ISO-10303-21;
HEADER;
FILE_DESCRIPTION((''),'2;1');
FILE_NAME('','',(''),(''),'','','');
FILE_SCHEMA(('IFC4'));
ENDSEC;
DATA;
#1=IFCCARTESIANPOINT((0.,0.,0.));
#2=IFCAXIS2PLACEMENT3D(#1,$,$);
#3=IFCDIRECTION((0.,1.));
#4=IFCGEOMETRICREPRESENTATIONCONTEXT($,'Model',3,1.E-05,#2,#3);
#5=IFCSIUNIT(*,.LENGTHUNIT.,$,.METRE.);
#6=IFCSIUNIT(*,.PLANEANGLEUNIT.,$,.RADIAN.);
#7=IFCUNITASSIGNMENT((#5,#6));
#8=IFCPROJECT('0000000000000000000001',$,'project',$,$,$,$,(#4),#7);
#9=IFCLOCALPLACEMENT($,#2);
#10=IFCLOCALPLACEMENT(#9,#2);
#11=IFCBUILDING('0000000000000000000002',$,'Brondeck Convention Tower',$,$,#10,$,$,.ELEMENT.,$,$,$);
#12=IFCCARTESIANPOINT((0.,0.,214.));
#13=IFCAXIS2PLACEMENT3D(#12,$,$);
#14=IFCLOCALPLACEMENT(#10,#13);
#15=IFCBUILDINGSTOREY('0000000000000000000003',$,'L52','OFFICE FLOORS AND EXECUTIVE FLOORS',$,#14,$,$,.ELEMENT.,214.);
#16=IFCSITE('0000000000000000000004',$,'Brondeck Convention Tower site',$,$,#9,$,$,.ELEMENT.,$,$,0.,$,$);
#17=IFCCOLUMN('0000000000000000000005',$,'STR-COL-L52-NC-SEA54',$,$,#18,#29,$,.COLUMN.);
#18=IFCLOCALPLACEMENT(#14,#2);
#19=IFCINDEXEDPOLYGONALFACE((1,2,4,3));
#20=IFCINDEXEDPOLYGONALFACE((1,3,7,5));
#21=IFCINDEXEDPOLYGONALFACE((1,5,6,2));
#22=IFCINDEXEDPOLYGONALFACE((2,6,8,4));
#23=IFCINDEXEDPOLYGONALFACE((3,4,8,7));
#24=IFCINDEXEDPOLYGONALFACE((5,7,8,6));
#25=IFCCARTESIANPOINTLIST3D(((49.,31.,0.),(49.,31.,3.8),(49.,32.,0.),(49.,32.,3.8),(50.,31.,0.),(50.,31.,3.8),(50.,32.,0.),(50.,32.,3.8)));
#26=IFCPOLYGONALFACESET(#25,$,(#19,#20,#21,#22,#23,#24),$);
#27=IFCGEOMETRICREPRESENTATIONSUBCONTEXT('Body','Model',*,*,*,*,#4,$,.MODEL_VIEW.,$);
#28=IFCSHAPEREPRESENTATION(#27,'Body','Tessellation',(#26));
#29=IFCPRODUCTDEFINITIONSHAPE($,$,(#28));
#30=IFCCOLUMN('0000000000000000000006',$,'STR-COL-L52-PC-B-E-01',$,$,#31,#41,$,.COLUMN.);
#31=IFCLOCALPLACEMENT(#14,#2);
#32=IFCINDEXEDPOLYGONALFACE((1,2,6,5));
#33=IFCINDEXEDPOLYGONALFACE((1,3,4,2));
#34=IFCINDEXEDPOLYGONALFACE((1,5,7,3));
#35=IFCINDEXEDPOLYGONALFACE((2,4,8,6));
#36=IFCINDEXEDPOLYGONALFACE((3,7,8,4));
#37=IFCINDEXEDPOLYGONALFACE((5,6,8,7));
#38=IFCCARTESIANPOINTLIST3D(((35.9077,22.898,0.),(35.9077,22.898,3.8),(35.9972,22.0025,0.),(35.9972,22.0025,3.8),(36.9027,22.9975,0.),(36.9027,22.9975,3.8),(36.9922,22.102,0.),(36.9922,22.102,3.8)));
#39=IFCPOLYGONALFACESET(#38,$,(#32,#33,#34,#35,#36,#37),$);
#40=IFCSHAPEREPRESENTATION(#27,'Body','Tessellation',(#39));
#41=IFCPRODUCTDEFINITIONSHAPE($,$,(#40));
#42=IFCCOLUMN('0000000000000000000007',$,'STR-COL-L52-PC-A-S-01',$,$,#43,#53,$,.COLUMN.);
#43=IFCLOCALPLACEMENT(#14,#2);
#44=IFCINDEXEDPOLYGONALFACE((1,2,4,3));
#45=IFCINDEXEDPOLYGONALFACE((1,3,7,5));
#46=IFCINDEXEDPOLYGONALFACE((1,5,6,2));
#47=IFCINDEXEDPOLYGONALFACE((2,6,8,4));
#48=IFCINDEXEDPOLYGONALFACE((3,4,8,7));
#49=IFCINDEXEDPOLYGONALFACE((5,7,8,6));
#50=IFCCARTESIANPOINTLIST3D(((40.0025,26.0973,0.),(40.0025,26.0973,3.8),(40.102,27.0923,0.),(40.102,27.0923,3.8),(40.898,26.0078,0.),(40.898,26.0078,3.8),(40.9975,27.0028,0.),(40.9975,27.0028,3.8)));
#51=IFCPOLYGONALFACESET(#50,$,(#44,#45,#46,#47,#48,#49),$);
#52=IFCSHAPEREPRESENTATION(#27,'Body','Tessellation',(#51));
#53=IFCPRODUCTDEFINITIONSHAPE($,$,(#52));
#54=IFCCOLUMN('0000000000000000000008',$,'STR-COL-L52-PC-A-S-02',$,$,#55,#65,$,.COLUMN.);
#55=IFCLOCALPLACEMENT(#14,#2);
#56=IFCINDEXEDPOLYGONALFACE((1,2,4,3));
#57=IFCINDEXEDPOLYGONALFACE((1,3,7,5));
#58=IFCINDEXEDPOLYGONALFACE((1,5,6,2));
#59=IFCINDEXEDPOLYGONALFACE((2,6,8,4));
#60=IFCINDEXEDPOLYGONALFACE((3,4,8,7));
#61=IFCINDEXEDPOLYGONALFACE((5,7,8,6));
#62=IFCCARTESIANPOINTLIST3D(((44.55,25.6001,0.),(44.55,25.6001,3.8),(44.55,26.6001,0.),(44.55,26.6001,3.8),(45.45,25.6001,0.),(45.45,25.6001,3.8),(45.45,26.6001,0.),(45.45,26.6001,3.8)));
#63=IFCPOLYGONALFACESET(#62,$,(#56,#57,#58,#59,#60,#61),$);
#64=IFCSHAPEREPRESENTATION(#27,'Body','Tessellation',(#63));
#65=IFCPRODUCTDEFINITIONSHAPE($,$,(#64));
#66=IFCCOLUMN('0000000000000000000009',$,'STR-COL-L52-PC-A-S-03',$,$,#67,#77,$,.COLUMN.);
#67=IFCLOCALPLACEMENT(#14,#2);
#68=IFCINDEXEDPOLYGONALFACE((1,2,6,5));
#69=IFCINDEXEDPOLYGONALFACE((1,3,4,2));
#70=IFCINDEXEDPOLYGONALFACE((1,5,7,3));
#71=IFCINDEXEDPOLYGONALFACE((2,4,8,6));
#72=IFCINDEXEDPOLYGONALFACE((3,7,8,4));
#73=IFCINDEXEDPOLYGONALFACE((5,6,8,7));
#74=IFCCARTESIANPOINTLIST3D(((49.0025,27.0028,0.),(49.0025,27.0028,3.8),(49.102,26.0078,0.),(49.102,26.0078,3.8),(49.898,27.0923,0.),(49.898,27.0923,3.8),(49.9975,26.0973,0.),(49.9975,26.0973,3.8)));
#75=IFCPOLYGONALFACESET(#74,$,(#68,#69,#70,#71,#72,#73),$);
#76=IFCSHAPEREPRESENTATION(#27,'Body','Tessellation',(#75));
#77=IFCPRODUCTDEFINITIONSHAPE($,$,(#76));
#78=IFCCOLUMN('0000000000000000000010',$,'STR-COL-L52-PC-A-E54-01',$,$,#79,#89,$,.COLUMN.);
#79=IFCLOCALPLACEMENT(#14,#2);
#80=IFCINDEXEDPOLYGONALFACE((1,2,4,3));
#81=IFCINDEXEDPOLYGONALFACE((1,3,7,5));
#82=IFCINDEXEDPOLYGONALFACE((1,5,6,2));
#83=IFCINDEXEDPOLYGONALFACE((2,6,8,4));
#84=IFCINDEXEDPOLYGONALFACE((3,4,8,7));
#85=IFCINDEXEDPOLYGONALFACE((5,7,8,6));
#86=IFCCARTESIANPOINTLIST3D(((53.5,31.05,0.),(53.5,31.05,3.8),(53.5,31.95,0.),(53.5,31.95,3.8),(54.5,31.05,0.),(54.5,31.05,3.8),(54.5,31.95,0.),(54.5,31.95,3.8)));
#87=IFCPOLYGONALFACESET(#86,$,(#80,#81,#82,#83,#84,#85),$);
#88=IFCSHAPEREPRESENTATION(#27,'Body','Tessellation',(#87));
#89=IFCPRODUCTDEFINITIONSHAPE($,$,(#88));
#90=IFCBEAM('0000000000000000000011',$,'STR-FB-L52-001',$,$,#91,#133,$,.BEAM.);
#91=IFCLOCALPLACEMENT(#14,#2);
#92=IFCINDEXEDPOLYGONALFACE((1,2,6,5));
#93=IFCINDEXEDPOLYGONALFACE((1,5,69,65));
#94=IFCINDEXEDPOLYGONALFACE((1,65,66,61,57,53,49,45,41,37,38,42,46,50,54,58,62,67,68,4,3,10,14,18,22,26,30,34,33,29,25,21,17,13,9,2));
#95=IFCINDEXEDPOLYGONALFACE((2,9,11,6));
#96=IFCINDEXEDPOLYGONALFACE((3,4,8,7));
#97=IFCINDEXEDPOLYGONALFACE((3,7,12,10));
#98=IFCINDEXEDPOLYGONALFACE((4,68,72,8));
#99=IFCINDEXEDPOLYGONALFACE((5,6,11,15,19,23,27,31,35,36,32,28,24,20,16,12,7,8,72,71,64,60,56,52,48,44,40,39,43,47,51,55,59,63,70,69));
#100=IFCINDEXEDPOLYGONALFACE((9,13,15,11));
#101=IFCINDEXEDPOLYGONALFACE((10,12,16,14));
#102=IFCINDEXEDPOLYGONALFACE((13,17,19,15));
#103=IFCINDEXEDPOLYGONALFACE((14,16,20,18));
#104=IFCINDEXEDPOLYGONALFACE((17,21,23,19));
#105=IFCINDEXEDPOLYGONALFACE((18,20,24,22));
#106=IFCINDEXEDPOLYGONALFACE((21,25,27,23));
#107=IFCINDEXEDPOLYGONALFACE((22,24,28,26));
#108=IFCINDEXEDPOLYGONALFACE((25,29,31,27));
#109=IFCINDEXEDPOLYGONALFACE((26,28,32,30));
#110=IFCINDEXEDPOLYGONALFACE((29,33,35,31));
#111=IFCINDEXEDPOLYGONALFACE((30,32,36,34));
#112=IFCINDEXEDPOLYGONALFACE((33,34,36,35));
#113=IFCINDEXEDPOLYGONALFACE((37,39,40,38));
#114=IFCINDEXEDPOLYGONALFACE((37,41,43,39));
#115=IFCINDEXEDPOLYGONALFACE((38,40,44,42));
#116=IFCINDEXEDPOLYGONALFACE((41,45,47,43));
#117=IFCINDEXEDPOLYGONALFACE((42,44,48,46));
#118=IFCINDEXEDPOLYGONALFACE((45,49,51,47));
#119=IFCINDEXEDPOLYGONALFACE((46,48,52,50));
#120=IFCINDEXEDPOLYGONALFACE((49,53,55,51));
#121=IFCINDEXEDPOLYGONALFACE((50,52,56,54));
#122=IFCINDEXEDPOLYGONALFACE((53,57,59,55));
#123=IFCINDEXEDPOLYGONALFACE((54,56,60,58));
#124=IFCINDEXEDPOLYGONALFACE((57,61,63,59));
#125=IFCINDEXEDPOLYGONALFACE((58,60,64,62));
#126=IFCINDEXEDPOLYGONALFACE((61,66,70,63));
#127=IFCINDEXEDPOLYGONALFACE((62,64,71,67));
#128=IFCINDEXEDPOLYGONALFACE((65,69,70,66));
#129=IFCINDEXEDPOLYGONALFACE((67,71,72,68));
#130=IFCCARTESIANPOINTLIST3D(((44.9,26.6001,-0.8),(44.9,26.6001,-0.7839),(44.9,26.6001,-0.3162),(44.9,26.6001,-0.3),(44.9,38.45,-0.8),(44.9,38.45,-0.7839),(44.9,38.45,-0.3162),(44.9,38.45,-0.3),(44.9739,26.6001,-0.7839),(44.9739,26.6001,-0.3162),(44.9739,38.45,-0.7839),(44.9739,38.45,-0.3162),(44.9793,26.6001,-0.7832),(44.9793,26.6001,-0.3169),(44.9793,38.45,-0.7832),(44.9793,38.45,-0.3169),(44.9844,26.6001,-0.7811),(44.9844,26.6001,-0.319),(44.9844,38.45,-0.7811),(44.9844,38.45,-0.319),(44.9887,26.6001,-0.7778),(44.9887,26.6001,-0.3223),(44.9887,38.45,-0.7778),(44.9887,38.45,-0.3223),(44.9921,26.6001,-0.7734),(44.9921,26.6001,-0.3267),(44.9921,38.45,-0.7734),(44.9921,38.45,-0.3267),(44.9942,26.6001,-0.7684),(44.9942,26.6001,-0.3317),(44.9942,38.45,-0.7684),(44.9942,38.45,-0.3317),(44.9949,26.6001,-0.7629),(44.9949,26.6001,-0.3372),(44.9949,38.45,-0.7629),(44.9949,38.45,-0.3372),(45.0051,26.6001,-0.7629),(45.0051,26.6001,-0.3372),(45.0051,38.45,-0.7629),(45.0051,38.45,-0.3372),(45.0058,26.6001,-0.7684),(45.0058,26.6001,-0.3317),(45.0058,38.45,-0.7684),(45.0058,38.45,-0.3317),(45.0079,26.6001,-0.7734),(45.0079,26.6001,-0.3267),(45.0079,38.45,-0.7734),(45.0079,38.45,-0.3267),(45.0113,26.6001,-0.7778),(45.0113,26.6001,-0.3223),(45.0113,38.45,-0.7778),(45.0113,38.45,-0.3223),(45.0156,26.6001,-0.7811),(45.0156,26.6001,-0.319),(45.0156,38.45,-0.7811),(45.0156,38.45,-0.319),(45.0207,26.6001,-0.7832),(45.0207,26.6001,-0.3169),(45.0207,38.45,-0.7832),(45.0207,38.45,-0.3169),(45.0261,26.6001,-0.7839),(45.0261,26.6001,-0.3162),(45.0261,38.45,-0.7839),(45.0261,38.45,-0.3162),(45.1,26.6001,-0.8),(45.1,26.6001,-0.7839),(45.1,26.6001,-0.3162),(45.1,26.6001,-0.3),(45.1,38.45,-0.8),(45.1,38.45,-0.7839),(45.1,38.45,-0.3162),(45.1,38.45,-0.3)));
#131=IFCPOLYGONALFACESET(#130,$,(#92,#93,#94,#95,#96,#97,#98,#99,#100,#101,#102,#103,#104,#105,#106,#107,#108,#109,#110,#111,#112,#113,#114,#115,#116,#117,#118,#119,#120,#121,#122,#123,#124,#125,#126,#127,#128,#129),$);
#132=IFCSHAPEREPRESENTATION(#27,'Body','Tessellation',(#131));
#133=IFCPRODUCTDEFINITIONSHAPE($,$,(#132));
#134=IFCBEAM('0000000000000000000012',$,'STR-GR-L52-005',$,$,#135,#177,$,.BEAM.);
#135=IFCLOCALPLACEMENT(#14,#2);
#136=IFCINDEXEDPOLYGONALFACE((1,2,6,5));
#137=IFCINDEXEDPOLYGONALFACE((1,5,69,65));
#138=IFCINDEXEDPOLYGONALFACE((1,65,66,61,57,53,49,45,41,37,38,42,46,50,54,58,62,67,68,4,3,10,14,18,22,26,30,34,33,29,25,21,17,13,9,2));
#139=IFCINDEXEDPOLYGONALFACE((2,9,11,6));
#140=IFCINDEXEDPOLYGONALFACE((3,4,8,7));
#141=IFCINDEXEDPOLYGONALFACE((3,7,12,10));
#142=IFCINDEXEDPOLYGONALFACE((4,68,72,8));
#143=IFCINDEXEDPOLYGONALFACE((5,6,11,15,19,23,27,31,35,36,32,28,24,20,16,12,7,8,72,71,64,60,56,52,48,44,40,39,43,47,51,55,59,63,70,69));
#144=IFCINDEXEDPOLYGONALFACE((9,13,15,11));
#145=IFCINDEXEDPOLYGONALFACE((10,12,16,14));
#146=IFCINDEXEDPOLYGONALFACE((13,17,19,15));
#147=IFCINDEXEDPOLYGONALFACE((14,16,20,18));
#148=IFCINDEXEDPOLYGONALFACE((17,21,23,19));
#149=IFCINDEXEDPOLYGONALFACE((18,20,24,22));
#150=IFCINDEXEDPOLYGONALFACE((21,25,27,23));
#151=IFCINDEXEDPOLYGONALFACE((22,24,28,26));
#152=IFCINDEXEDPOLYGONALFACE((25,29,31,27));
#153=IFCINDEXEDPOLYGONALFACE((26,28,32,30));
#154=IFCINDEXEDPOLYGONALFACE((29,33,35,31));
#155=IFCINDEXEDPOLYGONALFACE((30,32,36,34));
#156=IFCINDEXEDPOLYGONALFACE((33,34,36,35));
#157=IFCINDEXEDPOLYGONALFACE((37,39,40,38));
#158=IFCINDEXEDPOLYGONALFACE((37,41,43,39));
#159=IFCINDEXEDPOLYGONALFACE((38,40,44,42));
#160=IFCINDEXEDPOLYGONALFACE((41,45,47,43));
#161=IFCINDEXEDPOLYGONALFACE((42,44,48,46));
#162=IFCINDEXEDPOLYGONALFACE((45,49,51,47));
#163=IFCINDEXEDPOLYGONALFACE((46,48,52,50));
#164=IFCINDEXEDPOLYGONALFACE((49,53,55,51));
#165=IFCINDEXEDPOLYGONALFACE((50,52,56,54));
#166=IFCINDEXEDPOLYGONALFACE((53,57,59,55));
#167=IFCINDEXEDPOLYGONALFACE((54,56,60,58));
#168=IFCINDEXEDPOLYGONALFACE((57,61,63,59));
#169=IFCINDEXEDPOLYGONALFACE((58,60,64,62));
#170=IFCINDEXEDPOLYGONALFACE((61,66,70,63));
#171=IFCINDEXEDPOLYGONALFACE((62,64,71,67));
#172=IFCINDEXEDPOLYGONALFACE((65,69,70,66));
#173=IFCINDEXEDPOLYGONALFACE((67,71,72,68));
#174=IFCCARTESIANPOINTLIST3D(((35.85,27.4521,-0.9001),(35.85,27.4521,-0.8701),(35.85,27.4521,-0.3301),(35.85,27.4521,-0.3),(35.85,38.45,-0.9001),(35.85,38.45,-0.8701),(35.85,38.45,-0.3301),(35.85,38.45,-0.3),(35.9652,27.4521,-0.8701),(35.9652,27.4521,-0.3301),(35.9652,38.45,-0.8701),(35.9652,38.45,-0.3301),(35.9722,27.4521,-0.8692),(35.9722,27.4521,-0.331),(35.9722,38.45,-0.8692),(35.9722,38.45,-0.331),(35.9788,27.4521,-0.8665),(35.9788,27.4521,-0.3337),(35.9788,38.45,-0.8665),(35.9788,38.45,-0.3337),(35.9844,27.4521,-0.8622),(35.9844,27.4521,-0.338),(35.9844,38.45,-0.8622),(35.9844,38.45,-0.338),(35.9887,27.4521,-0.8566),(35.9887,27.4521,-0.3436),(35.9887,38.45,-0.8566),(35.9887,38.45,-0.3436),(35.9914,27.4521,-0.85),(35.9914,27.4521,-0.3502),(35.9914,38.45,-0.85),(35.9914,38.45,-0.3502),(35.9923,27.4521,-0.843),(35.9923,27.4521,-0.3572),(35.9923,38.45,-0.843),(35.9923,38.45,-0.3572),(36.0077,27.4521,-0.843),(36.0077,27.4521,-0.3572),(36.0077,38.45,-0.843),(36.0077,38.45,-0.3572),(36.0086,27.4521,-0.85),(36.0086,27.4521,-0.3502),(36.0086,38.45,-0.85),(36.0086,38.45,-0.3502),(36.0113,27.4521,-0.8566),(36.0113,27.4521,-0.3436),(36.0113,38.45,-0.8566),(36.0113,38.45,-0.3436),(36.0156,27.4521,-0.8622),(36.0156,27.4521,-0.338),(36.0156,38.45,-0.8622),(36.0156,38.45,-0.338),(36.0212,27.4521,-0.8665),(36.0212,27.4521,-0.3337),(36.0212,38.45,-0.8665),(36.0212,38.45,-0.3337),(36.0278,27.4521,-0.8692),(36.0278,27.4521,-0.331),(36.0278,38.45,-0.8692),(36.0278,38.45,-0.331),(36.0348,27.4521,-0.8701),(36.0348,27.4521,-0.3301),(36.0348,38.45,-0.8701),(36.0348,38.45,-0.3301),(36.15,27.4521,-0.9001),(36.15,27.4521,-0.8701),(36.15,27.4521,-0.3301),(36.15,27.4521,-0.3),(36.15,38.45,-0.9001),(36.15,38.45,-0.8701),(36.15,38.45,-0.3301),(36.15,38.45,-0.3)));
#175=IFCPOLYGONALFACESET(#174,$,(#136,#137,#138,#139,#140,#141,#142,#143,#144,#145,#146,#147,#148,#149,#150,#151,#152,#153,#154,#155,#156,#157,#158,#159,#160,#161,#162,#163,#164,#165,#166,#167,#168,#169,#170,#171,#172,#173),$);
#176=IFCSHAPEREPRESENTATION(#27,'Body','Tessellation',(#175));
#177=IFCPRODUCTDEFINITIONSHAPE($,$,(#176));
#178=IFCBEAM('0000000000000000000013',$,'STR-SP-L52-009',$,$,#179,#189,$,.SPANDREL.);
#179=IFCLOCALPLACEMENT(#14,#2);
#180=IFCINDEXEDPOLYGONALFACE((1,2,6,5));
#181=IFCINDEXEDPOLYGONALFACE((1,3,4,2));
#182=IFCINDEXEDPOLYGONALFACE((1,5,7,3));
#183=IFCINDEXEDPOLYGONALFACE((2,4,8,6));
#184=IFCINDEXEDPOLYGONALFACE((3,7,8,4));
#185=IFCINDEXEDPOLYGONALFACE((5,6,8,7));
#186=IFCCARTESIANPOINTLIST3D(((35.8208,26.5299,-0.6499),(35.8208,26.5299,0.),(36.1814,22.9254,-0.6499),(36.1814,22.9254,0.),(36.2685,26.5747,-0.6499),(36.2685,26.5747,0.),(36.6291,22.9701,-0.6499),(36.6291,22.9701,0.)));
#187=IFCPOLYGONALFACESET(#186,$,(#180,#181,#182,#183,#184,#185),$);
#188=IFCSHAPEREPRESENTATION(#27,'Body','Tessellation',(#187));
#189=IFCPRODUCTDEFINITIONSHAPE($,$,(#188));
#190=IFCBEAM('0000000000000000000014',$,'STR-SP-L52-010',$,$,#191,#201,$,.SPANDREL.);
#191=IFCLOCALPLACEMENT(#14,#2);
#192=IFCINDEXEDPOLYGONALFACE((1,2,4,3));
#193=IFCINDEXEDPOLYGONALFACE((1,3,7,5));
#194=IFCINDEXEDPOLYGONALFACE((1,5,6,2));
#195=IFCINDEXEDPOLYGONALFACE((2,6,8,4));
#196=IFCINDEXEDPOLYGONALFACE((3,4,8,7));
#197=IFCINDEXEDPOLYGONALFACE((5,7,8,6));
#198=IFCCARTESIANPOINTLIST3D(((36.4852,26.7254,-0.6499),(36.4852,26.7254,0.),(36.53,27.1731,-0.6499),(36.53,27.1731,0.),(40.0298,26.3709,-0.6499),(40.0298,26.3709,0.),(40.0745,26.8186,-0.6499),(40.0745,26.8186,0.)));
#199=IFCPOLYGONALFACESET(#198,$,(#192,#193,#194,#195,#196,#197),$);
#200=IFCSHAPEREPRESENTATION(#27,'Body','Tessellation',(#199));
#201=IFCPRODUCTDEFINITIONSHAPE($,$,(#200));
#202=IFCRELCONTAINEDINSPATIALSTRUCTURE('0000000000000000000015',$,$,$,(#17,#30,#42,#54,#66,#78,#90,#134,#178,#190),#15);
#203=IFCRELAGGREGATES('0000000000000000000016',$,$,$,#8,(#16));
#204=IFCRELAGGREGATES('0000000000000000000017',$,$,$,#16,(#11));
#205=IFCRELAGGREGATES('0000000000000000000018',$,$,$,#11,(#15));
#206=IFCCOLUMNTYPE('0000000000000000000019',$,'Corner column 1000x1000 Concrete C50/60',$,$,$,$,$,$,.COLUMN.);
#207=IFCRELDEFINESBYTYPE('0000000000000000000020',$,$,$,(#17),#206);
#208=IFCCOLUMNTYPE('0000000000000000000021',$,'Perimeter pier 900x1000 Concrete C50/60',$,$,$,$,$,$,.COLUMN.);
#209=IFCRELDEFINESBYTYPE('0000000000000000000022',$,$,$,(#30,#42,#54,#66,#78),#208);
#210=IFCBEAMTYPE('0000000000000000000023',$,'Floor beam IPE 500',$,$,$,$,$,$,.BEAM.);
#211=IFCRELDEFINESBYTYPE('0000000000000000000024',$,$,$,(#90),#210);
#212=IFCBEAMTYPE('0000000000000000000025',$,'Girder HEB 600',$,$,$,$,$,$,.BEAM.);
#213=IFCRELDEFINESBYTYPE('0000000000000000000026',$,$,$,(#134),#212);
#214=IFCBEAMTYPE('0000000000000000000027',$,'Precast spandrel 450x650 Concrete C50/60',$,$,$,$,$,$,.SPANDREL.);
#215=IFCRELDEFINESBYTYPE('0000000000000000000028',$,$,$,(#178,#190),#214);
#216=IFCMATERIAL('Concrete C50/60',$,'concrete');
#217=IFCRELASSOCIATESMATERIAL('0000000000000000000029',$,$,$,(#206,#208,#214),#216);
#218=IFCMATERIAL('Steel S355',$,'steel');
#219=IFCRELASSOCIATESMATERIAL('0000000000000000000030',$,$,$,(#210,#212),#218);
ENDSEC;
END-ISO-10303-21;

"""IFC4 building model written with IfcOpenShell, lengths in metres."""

from ifc_helpers import new_model, si_unit, direction, frame, origin, origin_2d, place, context, subcontext, project, spatial, rectangle, i_section, extrude, material, material_profile, profile_set, type_object, element, save


model = new_model("IFC4")

# Units and contexts
model_context = context("Model", 3, precision=1e-05, world=origin(), true_north=direction((0.0, 1.0)))
body_context = subcontext(model_context, "Body", "Model", "MODEL_VIEW")
ifc_project = project(units=[si_unit("LENGTHUNIT", "METRE"), si_unit("PLANEANGLEUNIT", "RADIAN")], contexts=[model_context])

# Site, building, storey
site_placement = place(None, origin())
site = spatial("IfcSite", under=ifc_project, at=site_placement, Name="Brondeck Convention Tower site", CompositionType="ELEMENT", RefElevation=0.0)
building_placement = place(site_placement, origin())
building = spatial("IfcBuilding", under=site, at=building_placement, Name="Brondeck Convention Tower", CompositionType="ELEMENT")
storey_placement = place(building_placement, frame((0.0, 0.0, 214.0)))
storey = spatial("IfcBuildingStorey", under=building, at=storey_placement, Name="L52", Description="OFFICE FLOORS AND EXECUTIVE FLOORS", CompositionType="ELEMENT", Elevation=214.0)

# Columns
ifc_material_1 = material(Name="Concrete C50/60", Category="concrete")
ifc_material_profile_1 = material_profile(ifc_material_1, rectangle(XDim=1.0, YDim=1.0, at=origin_2d()), Name="Corner column 1000x1000 Concrete C50/60")
ifc_profile_set_1 = profile_set([ifc_material_profile_1], Name="Concrete C50/60")
column_type_1 = type_object("IfcColumnType", Name="Corner column 1000x1000 Concrete C50/60", PredefinedType="COLUMN", material=ifc_profile_set_1)
column_placement = place(storey_placement, frame((49.5, 31.5, 0.0), z_axis=(0.0, 0.0, 1.0), x_axis=(1.0, 0.0, 0.0)))
element("IfcColumn", 1, at=column_placement, inside=storey, type_object=column_type_1, Name="STR-COL-L52-NC-SEA54", PredefinedType="COLUMN", context=body_context, shape_type="SweptSolid", body=[
    extrude(rectangle(XDim=1.0, YDim=1.0, at=origin_2d()), origin(), (0.0, 0.0, 1.0), 3.8),
])
ifc_material_profile_2 = material_profile(ifc_material_1, rectangle(XDim=0.8999, YDim=1.0, at=origin_2d()), Name="Perimeter pier 900x1000 Concrete C50/60")
ifc_profile_set_2 = profile_set([ifc_material_profile_2], Name="Concrete C50/60")
column_type_2 = type_object("IfcColumnType", Name="Perimeter pier 900x1000 Concrete C50/60", PredefinedType="COLUMN", material=ifc_profile_set_2)
for number, where, z_axis, x_axis, name in (
    (2, (36.45, 22.5, 0.0), (0.0, 0.0, 1.0), (-0.099504, 0.995037, 0.0), "STR-COL-L52-PC-B-E-01"),
    (3, (40.5, 26.55, 0.0), (0.0, 0.0, 1.0), (0.995037, -0.099504, 0.0), "STR-COL-L52-PC-A-S-01"),
    (4, (45.0, 26.1001, 0.0), (0.0, 0.0, 1.0), (1.0, 0.0, 0.0), "STR-COL-L52-PC-A-S-02"),
    (5, (49.5, 26.55, 0.0), (0.0, 0.0, 1.0), (0.995037, 0.099504, 0.0), "STR-COL-L52-PC-A-S-03"),
    (6, (54.0, 31.5, 0.0), (0.0, 0.0, 1.0), (0.0, 1.0, 0.0), "STR-COL-L52-PC-A-E54-01"),
):
    element("IfcColumn", number, at=place(storey_placement, frame(where, z_axis=z_axis, x_axis=x_axis)), inside=storey, type_object=column_type_2, Name=name, PredefinedType="COLUMN", context=body_context, shape_type="SweptSolid", body=[
        extrude(rectangle(XDim=0.8999, YDim=1.0, at=origin_2d()), origin(), (0.0, 0.0, 1.0), 3.8),
    ])

# Beams
ifc_material_2 = material(Name="Steel S355", Category="steel")
ifc_material_profile_3 = material_profile(ifc_material_2, i_section(OverallWidth=0.2, OverallDepth=0.5, WebThickness=0.0103, FlangeThickness=0.0161, FilletRadius=0.021, at=origin_2d()), Name="IPE 500")
ifc_profile_set_3 = profile_set([ifc_material_profile_3], Name="Steel S355")
beam_type_1 = type_object("IfcBeamType", Name="Floor beam IPE 500", PredefinedType="BEAM", material=ifc_profile_set_3)
beam_1_placement = place(storey_placement, frame((45.0, 26.6001, -0.55), z_axis=(0.0, 1.0, 0.0), x_axis=(-1.0, 0.0, 0.0)))
element("IfcBeam", 7, at=beam_1_placement, inside=storey, type_object=beam_type_1, Name="STR-FB-L52-001", PredefinedType="BEAM", context=body_context, shape_type="SweptSolid", body=[
    extrude(i_section(OverallWidth=0.2, OverallDepth=0.5, WebThickness=0.0103, FlangeThickness=0.0161, FilletRadius=0.021, at=origin_2d()), origin(), (0.0, 0.0, 1.0), 11.8499),
])
ifc_material_profile_4 = material_profile(ifc_material_2, i_section(OverallWidth=0.3, OverallDepth=0.6001, WebThickness=0.0154, FlangeThickness=0.03, FilletRadius=0.0271, at=origin_2d()), Name="HEB 600")
ifc_profile_set_4 = profile_set([ifc_material_profile_4], Name="Steel S355")
beam_type_2 = type_object("IfcBeamType", Name="Girder HEB 600", PredefinedType="BEAM", material=ifc_profile_set_4)
beam_2_placement = place(storey_placement, frame((36.0, 27.4521, -0.6001), z_axis=(0.0, 1.0, 0.0), x_axis=(-1.0, 0.0, 0.0)))
element("IfcBeam", 8, at=beam_2_placement, inside=storey, type_object=beam_type_2, Name="STR-GR-L52-005", PredefinedType="BEAM", context=body_context, shape_type="SweptSolid", body=[
    extrude(i_section(OverallWidth=0.3, OverallDepth=0.6001, WebThickness=0.0154, FlangeThickness=0.03, FilletRadius=0.0271, at=origin_2d()), origin(), (0.0, 0.0, 1.0), 10.9978),
])
ifc_material_profile_5 = material_profile(ifc_material_1, rectangle(XDim=0.45, YDim=0.6499, at=origin_2d()), Name="Precast spandrel 450x650 Concrete C50/60")
ifc_profile_set_5 = profile_set([ifc_material_profile_5], Name="Concrete C50/60")
beam_type_3 = type_object("IfcBeamType", Name="Precast spandrel 450x650 Concrete C50/60", PredefinedType="SPANDREL", material=ifc_profile_set_5)
beam_3_placement = place(storey_placement, frame((36.4053, 22.9478, -0.325), z_axis=(-0.099544, 0.995033, 0.0), x_axis=(-0.995033, -0.099544, 0.0)))
element("IfcBeam", 9, at=beam_3_placement, inside=storey, type_object=beam_type_3, Name="STR-SP-L52-009", PredefinedType="SPANDREL", context=body_context, shape_type="SweptSolid", body=[
    extrude(rectangle(XDim=0.45, YDim=0.6499, at=origin_2d()), origin(), (0.0, 0.0, 1.0), 3.6226),
])
beam_4_placement = place(storey_placement, frame((36.5076, 26.9492, -0.325), z_axis=(0.995037, -0.099511, 0.0), x_axis=(0.099511, 0.995037, 0.0)))
element("IfcBeam", 10, at=beam_4_placement, inside=storey, type_object=beam_type_3, Name="STR-SP-L52-010", PredefinedType="SPANDREL", context=body_context, shape_type="SweptSolid", body=[
    extrude(rectangle(XDim=0.45, YDim=0.6499, at=origin_2d()), origin(), (0.0, 0.0, 1.0), 3.5623),
])

save(model, "model.ifc")
